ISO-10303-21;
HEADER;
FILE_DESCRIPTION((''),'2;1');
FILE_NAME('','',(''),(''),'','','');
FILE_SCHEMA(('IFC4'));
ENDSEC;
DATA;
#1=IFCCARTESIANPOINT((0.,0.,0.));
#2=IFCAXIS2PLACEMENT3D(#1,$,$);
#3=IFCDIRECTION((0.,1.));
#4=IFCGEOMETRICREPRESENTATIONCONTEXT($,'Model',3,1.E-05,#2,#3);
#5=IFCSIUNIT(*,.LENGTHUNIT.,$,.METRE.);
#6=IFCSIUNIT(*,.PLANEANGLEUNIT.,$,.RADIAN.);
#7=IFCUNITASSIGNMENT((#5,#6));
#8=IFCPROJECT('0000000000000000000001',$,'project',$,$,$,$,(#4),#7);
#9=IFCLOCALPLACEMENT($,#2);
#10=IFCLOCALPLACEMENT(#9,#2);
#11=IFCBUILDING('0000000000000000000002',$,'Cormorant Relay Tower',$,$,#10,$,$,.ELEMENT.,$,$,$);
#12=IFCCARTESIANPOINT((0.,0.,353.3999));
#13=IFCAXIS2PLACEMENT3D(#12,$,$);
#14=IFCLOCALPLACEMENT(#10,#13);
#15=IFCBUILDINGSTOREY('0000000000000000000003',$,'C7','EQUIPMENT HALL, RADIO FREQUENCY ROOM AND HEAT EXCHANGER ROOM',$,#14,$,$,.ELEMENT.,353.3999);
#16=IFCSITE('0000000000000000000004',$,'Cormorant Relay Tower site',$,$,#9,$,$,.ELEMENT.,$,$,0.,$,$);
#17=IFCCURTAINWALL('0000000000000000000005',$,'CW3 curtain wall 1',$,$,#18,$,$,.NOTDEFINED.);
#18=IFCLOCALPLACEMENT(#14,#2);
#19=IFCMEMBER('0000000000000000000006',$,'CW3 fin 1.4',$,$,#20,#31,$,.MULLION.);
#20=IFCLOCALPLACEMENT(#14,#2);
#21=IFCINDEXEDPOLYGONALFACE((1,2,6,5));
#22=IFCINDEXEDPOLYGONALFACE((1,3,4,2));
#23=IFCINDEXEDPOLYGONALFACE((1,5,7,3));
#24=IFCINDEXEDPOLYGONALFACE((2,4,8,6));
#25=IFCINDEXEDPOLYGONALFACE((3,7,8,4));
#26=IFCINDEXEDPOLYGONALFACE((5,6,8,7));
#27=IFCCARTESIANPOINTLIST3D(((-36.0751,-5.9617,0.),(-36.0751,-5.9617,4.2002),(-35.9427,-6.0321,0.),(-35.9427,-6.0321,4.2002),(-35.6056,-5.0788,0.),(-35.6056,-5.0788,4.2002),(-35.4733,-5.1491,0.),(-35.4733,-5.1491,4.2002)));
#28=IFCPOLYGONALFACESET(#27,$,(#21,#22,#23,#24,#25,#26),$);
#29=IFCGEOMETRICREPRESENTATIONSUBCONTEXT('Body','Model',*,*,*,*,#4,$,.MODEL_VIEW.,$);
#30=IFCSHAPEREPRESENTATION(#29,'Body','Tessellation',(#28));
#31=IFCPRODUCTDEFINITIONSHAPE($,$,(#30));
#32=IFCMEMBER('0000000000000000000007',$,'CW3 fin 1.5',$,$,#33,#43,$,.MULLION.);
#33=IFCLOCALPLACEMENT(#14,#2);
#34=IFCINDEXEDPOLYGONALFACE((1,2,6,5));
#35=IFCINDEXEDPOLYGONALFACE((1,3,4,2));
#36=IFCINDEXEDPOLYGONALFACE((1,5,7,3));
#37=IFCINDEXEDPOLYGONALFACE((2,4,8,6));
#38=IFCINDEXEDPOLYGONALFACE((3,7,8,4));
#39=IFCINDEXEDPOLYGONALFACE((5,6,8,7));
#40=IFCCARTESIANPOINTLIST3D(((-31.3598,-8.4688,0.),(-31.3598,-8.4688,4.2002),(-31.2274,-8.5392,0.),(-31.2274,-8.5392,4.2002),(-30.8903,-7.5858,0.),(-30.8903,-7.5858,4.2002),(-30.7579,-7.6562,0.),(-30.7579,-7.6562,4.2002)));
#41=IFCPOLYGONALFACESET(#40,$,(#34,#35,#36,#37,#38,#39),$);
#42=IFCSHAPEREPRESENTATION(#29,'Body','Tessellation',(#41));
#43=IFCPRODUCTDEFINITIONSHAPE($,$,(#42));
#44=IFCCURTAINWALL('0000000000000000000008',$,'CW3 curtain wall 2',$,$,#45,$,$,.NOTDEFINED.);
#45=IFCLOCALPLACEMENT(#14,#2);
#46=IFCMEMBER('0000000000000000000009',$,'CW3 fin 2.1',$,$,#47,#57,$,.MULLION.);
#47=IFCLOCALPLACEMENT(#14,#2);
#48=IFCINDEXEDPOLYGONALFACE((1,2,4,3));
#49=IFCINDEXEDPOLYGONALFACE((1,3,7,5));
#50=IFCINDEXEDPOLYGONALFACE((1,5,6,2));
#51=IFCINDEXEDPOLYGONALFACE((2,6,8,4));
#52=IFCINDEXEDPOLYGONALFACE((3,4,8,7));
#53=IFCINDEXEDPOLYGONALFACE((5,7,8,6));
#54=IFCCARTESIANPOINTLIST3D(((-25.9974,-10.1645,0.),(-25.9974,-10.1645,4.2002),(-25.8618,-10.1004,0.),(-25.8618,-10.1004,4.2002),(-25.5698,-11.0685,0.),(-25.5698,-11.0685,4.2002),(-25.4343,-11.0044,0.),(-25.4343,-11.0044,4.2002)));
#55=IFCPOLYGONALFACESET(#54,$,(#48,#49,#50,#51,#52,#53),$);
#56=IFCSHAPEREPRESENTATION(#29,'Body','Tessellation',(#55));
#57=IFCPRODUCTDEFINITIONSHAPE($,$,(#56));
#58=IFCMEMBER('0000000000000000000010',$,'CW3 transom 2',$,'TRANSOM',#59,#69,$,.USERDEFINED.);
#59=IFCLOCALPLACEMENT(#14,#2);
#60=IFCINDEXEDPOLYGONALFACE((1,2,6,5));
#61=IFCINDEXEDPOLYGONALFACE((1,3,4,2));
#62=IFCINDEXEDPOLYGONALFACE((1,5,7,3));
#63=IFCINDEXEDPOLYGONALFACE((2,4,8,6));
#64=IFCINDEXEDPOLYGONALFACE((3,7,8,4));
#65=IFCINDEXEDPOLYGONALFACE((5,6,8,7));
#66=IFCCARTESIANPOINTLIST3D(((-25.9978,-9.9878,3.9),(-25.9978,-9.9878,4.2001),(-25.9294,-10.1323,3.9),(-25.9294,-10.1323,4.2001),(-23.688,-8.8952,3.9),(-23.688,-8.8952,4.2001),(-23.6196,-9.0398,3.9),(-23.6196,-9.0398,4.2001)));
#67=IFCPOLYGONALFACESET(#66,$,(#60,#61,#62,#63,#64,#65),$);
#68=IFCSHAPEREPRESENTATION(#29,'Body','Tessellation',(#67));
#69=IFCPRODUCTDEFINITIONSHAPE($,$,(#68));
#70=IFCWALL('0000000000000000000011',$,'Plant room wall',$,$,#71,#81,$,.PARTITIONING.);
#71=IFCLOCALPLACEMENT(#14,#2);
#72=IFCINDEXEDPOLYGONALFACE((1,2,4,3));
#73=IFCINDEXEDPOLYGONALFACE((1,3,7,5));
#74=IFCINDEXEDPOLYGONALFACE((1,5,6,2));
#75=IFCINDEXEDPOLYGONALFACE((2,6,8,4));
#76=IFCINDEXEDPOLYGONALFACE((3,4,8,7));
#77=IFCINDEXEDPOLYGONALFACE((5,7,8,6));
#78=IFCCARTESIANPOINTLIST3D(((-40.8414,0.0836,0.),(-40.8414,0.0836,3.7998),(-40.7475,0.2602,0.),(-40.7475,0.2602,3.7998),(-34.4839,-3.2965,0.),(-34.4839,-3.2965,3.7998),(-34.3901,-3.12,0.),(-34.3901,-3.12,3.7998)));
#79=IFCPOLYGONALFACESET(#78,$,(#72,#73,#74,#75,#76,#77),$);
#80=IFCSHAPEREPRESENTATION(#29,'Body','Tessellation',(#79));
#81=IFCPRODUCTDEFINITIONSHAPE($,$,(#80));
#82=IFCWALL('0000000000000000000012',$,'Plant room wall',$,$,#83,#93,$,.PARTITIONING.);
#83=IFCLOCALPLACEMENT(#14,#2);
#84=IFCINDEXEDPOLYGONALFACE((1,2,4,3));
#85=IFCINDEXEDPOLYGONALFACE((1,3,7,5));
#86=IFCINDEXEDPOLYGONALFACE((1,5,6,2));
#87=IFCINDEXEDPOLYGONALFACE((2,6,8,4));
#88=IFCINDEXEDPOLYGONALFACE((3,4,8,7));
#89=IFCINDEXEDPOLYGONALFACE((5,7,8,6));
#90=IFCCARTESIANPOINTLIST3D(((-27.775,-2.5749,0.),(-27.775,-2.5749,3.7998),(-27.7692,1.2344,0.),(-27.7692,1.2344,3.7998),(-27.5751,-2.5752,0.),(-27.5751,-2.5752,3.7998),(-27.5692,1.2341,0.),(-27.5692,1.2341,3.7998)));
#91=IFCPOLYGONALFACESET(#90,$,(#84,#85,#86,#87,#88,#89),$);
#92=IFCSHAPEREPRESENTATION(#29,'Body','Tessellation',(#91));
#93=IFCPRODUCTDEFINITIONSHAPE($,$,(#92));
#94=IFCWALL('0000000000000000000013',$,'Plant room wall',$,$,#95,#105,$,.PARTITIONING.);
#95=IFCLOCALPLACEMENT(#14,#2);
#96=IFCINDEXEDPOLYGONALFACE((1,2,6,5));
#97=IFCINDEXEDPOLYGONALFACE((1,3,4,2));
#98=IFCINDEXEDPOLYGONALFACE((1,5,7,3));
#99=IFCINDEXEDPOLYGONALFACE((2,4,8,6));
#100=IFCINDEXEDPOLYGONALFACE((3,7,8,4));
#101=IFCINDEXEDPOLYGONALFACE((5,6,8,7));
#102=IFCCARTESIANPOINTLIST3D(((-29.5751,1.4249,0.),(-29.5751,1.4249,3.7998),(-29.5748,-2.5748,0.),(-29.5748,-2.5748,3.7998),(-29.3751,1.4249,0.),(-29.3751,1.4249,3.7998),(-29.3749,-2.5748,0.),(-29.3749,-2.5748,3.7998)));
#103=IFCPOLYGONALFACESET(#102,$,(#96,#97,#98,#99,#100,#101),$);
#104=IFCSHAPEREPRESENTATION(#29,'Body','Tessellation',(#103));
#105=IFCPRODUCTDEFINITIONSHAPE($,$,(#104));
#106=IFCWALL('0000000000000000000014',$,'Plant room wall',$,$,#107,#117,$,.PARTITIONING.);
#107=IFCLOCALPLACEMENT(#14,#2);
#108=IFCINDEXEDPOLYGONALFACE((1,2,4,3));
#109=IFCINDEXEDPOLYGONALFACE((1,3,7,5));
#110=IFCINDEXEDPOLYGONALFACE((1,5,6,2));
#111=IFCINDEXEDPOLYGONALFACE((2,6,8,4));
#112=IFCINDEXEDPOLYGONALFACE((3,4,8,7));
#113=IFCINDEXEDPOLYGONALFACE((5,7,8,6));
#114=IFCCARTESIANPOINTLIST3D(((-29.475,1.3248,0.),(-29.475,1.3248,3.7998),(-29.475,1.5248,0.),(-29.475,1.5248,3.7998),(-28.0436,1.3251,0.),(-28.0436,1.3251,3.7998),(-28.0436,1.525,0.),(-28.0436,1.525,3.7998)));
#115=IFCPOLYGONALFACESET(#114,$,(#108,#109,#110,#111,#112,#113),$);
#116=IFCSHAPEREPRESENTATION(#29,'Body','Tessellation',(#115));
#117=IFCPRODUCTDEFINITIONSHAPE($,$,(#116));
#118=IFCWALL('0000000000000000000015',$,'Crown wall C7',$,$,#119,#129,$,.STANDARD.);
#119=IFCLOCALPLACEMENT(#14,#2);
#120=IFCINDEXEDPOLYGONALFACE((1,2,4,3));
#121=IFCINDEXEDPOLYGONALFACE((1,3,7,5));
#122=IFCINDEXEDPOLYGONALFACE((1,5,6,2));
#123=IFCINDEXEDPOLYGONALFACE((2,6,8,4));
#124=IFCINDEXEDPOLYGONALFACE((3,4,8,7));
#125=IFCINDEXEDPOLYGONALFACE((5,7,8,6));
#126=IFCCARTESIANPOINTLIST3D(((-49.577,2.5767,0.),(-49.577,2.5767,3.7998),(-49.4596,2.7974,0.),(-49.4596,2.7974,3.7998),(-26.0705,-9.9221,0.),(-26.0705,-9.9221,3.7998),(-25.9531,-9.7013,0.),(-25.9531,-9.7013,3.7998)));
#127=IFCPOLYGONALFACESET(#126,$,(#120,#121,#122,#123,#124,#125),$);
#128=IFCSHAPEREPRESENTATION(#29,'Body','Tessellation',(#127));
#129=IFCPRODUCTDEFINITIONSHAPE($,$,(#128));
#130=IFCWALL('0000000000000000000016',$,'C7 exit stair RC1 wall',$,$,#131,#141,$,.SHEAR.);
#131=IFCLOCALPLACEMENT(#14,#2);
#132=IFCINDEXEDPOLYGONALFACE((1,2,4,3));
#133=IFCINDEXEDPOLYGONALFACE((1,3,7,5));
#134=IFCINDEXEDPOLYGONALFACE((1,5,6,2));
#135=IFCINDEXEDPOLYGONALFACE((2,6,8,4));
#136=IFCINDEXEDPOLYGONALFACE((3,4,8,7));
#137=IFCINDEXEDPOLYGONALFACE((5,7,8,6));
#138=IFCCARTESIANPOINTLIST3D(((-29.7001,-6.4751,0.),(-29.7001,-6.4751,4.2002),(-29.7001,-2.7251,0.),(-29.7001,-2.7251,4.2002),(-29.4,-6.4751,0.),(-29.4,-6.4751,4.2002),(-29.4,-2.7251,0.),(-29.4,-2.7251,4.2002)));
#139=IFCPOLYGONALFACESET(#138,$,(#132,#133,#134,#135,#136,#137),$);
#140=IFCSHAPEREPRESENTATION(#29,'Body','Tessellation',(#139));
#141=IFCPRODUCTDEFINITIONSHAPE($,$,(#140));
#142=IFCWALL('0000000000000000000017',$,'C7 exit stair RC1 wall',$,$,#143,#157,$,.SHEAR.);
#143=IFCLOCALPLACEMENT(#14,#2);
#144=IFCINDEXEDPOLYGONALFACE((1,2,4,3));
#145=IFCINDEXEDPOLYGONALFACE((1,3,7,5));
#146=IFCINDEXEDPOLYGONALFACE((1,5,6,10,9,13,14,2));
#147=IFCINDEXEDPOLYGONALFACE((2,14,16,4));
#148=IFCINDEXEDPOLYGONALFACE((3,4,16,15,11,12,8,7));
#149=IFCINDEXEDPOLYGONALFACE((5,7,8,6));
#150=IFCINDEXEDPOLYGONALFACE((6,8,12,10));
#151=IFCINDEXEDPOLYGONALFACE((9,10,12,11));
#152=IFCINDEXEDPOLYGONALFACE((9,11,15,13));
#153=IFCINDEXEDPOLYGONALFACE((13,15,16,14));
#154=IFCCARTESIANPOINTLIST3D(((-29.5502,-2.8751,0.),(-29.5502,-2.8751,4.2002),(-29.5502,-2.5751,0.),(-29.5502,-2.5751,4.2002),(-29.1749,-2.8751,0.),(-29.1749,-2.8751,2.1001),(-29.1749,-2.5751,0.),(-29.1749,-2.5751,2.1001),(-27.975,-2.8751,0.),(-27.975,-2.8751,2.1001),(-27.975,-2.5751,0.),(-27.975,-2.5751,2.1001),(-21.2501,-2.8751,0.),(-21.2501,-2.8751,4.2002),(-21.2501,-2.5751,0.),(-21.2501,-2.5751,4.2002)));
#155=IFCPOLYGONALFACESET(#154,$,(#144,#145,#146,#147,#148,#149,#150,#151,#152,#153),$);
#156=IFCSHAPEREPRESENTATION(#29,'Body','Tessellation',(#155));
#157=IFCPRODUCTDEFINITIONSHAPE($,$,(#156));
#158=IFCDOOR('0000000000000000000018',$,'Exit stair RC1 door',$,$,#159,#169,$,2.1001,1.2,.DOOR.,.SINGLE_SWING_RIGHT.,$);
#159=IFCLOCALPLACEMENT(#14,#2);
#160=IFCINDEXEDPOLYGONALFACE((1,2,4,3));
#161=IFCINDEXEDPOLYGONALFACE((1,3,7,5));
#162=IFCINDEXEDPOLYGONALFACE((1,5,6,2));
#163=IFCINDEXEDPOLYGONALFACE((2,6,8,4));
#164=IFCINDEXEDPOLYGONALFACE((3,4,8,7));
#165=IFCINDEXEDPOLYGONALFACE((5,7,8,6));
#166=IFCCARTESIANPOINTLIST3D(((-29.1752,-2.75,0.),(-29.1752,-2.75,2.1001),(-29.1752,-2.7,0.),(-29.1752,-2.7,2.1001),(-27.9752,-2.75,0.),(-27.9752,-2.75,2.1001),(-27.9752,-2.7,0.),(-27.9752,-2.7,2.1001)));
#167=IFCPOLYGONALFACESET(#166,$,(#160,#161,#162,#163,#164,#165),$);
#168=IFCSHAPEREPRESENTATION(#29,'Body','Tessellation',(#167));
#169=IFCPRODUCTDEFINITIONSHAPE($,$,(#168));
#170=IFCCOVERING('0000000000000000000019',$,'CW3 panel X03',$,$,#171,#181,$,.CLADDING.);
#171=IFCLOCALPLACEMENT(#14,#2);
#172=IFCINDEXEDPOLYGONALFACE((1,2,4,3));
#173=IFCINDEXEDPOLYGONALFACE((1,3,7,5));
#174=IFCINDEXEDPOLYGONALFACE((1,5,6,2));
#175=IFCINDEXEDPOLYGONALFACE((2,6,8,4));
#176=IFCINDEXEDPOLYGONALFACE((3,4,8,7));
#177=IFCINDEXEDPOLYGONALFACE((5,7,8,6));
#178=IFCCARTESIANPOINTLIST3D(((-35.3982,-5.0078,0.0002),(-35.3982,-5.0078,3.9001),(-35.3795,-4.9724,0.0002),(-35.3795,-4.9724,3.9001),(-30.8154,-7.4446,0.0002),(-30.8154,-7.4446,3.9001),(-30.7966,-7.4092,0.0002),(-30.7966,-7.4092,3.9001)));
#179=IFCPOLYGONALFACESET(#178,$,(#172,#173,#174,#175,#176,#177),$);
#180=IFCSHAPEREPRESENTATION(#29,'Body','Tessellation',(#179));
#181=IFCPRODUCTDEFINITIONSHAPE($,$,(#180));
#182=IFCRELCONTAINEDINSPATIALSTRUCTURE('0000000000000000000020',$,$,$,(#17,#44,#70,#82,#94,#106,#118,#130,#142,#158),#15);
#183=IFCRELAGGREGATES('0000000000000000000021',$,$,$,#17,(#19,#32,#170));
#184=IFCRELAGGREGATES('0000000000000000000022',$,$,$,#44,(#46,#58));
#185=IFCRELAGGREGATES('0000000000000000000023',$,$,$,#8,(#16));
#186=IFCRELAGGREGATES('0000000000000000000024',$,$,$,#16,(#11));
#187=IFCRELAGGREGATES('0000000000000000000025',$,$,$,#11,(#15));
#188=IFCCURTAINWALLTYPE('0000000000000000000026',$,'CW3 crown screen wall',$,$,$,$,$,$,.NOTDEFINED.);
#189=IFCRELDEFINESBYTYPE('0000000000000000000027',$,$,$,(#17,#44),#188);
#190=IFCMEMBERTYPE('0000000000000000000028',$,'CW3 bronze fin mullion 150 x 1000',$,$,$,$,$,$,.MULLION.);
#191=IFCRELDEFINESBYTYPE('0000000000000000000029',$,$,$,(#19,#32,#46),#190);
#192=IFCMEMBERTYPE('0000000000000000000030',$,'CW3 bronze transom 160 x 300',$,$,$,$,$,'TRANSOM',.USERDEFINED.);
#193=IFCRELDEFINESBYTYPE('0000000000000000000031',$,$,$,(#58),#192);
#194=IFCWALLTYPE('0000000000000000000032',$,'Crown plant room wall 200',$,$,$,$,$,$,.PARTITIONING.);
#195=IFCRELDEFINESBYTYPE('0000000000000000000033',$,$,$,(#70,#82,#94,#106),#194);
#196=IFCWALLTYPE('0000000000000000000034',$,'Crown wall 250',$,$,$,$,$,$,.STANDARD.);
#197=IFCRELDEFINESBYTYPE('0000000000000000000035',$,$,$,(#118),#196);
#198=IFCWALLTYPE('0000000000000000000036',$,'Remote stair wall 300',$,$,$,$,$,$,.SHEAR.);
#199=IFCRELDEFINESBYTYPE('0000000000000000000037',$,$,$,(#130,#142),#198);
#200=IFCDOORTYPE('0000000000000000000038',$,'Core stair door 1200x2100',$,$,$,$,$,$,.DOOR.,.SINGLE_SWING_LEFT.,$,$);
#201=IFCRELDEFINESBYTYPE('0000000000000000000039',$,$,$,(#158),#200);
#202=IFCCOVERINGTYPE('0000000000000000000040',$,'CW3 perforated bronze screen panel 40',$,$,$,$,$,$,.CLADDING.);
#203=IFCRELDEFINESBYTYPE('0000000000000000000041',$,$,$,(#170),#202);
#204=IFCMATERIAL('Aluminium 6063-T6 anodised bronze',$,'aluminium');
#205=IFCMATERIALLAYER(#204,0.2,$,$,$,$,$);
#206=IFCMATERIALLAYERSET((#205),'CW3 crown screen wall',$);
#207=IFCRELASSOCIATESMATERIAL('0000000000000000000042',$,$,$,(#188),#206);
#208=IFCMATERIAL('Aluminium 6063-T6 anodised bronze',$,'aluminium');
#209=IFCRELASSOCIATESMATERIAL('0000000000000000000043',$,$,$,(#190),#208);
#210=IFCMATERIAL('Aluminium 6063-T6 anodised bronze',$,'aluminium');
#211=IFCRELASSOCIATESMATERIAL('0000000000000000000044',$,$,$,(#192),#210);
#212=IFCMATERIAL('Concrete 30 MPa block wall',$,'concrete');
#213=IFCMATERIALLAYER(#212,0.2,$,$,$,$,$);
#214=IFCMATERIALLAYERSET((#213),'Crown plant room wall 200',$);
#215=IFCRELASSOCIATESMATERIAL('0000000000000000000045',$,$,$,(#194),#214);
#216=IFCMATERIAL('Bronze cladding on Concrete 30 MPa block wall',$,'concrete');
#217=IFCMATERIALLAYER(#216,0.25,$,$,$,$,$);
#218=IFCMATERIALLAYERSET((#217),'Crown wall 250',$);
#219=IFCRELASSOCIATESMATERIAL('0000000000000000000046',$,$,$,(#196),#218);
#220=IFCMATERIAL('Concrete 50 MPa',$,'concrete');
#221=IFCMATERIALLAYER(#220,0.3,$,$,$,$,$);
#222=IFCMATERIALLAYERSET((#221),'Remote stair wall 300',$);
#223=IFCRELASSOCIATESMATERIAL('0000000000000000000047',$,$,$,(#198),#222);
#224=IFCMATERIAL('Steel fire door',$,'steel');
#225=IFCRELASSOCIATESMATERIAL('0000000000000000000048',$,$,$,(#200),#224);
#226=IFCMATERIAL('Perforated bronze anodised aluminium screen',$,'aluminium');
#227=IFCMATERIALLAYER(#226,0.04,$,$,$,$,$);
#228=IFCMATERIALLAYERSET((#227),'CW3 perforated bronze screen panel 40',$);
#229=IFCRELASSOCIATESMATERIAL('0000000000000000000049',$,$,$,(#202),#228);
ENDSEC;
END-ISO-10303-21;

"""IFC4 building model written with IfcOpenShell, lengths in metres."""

from ifc_helpers import new_model, si_unit, direction, frame, frame_2d, origin, origin_2d, place, context, subcontext, project, spatial, rectangle, extrude, material, layer, layer_set, material_profile, profile_set, type_object, element, fill, aggregate, save


model = new_model("IFC4")

# Units and contexts
model_context = context("Model", 3, precision=1e-05, world=origin(), true_north=direction((0.0, 1.0)))
body_context = subcontext(model_context, "Body", "Model", "MODEL_VIEW")
ifc_project = project(units=[si_unit("LENGTHUNIT", "METRE"), si_unit("PLANEANGLEUNIT", "RADIAN")], contexts=[model_context])

# Site, building, storey
site_placement = place(None, origin())
site = spatial("IfcSite", under=ifc_project, at=site_placement, Name="Cormorant Relay Tower site", CompositionType="ELEMENT", RefElevation=0.0)
building_placement = place(site_placement, origin())
building = spatial("IfcBuilding", under=site, at=building_placement, Name="Cormorant Relay Tower", CompositionType="ELEMENT")
storey_placement = place(building_placement, frame((0.0, 0.0, 353.3999)))
storey = spatial("IfcBuildingStorey", under=building, at=storey_placement, Name="C7", Description="EQUIPMENT HALL, RADIO FREQUENCY ROOM AND HEAT EXCHANGER ROOM", CompositionType="ELEMENT", Elevation=353.3999)

# Curtain walls, members
ifc_material_1 = material(Name="Aluminium 6063-T6 anodised bronze", Category="aluminium")
ifc_layer_1 = layer(ifc_material_1, 0.2)
ifc_layer_set_1 = layer_set([ifc_layer_1], Name="CW3 crown screen wall")
curtain_wall_type = type_object("IfcCurtainWallType", Name="CW3 crown screen wall", PredefinedType="NOTDEFINED", material=ifc_layer_set_1)
curtain_wall_1_placement = place(storey_placement, origin())
curtain_wall_1 = element("IfcCurtainWall", 1, at=curtain_wall_1_placement, inside=storey, type_object=curtain_wall_type, Name="CW3 curtain wall 1", PredefinedType="NOTDEFINED")
ifc_material_2 = material(Name="Aluminium 6063-T6 anodised bronze", Category="aluminium")
ifc_material_profile_1 = material_profile(ifc_material_2, rectangle(XDim=0.1499, YDim=1.0, at=origin_2d()), Name="AL 150x1000")
ifc_profile_set_1 = profile_set([ifc_material_profile_1], Name="Aluminium 6063-T6 anodised bronze")
member_type_1 = type_object("IfcMemberType", Name="CW3 bronze fin mullion 150 x 1000", PredefinedType="MULLION", material=ifc_profile_set_1)
member_1_placement = place(storey_placement, frame((-35.7742, -5.5554, 0.0), z_axis=(0.0, 0.0, 1.0), x_axis=(0.882948, -0.469472, 0.0)))
member_1 = element("IfcMember", 2, at=member_1_placement, type_object=member_type_1, Name="CW3 fin 1.4", PredefinedType="MULLION", context=body_context, shape_type="SweptSolid", body=[
    extrude(rectangle(XDim=0.1499, YDim=1.0, at=origin_2d()), origin(), (0.0, 0.0, 1.0), 4.2002),
])
member_2_placement = place(storey_placement, frame((-31.0588, -8.0625, 0.0), z_axis=(0.0, 0.0, 1.0), x_axis=(0.882948, -0.469472, 0.0)))
member_2 = element("IfcMember", 3, at=member_2_placement, type_object=member_type_1, Name="CW3 fin 1.5", PredefinedType="MULLION", context=body_context, shape_type="SweptSolid", body=[
    extrude(rectangle(XDim=0.1499, YDim=1.0, at=origin_2d()), origin(), (0.0, 0.0, 1.0), 4.2002),
])
curtain_wall_2_placement = place(storey_placement, origin())
curtain_wall_2 = element("IfcCurtainWall", 4, at=curtain_wall_2_placement, inside=storey, type_object=curtain_wall_type, Name="CW3 curtain wall 2", PredefinedType="NOTDEFINED")
member_3_placement = place(storey_placement, frame((-25.7158, -10.5845, 0.0), z_axis=(0.0, 0.0, 1.0), x_axis=(0.903989, 0.427555, 0.0)))
member_3 = element("IfcMember", 5, at=member_3_placement, type_object=member_type_1, Name="CW3 fin 2.1", PredefinedType="MULLION", context=body_context, shape_type="SweptSolid", body=[
    extrude(rectangle(XDim=0.1499, YDim=1.0, at=origin_2d()), origin(), (0.0, 0.0, 1.0), 4.2002),
])
ifc_material_3 = material(Name="Aluminium 6063-T6 anodised bronze", Category="aluminium")
ifc_material_profile_2 = material_profile(ifc_material_3, rectangle(XDim=0.1599, YDim=0.3, at=origin_2d()), Name="AL 160x300")
ifc_profile_set_2 = profile_set([ifc_material_profile_2], Name="Aluminium 6063-T6 anodised bronze")
member_type_2 = type_object("IfcMemberType", Name="CW3 bronze transom 160 x 300", ElementType="TRANSOM", PredefinedType="USERDEFINED", material=ifc_profile_set_2)
member_4_placement = place(storey_placement, frame((-25.9636, -10.0601, 4.05), z_axis=(0.903979, 0.427577, 0.0), x_axis=(-0.427577, 0.903979, 0.0)))
member_4 = element("IfcMember", 6, at=member_4_placement, type_object=member_type_2, Name="CW3 transom 2", ObjectType="TRANSOM", PredefinedType="USERDEFINED", context=body_context, shape_type="SweptSolid", body=[
    extrude(rectangle(XDim=0.1599, YDim=0.3, at=origin_2d()), origin(), (0.0, 0.0, 1.0), 2.5552),
])

# Walls
ifc_material_4 = material(Name="Concrete 30 MPa block wall", Category="concrete")
ifc_layer_2 = layer(ifc_material_4, 0.2)
ifc_layer_set_2 = layer_set([ifc_layer_2], Name="Crown plant room wall 200")
wall_type_1 = type_object("IfcWallType", Name="Crown plant room wall 200", PredefinedType="PARTITIONING", material=ifc_layer_set_2)
wall_1_placement = place(storey_placement, frame((-34.437, -3.2083, 0.0), z_axis=(0.0, 0.0, 1.0), x_axis=(-0.882958, 0.469453, 0.0)))
element("IfcWall", 7, at=wall_1_placement, inside=storey, type_object=wall_type_1, Name="Plant room wall", PredefinedType="PARTITIONING", context=body_context, shape_type="SweptSolid", body=[
    extrude(rectangle(XDim=7.2002, YDim=0.2, at=frame_2d((3.6001, 0.0))), origin(), (0.0, 0.0, 1.0), 3.7998),
])
wall_2_placement = place(storey_placement, frame((-27.6692, 1.2344, 0.0), z_axis=(0.0, 0.0, 1.0), x_axis=(-0.001538, -0.999999, 0.0)))
element("IfcWall", 8, at=wall_2_placement, inside=storey, type_object=wall_type_1, Name="Plant room wall", PredefinedType="PARTITIONING", context=body_context, shape_type="SweptSolid", body=[
    extrude(rectangle(XDim=3.8093, YDim=0.2, at=frame_2d((1.9048, 0.0))), origin(), (0.0, 0.0, 1.0), 3.7998),
])
wall_3_placement = place(storey_placement, frame((-29.4749, -2.575, 0.0), z_axis=(0.0, 0.0, 1.0), x_axis=(-0.000061, 1.0, 0.0)))
element("IfcWall", 9, at=wall_3_placement, inside=storey, type_object=wall_type_1, Name="Plant room wall", PredefinedType="PARTITIONING", context=body_context, shape_type="SweptSolid", body=[
    extrude(rectangle(XDim=3.9998, YDim=0.2, at=frame_2d((2.0, 0.0))), origin(), (0.0, 0.0, 1.0), 3.7998),
])
wall_4_placement = place(storey_placement, frame((-29.4751, 1.4248, 0.0), z_axis=(0.0, 0.0, 1.0), x_axis=(1.0, 0.000171, 0.0)))
element("IfcWall", 10, at=wall_4_placement, inside=storey, type_object=wall_type_1, Name="Plant room wall", PredefinedType="PARTITIONING", context=body_context, shape_type="SweptSolid", body=[
    extrude(rectangle(XDim=1.4314, YDim=0.2, at=frame_2d((0.7158, 0.0))), origin(), (0.0, 0.0, 1.0), 3.7998),
])
ifc_material_5 = material(Name="Bronze cladding on Concrete 30 MPa block wall", Category="concrete")
ifc_layer_3 = layer(ifc_material_5, 0.25)
ifc_layer_set_3 = layer_set([ifc_layer_3], Name="Crown wall 250")
wall_type_2 = type_object("IfcWallType", Name="Crown wall 250", PredefinedType="STANDARD", material=ifc_layer_set_3)
wall_5_placement = place(storey_placement, frame((-26.0117, -9.8118, 0.0), z_axis=(0.0, 0.0, 1.0), x_axis=(-0.882946, 0.469475, 0.0)))
element("IfcWall", 11, at=wall_5_placement, inside=storey, type_object=wall_type_2, Name="Crown wall C7", PredefinedType="STANDARD", context=body_context, shape_type="SweptSolid", body=[
    extrude(rectangle(XDim=26.6228, YDim=0.25, at=frame_2d((13.3115, 0.0))), origin(), (0.0, 0.0, 1.0), 3.7998),
])
ifc_material_6 = material(Name="Concrete 50 MPa", Category="concrete")
ifc_layer_4 = layer(ifc_material_6, 0.3)
ifc_layer_set_4 = layer_set([ifc_layer_4], Name="Remote stair wall 300")
wall_type_3 = type_object("IfcWallType", Name="Remote stair wall 300", PredefinedType="SHEAR", material=ifc_layer_set_4)
wall_6_placement = place(storey_placement, frame((-29.55, -6.4751, 0.0), z_axis=(0.0, 0.0, 1.0), x_axis=(0.0, 1.0, 0.0)))
element("IfcWall", 12, at=wall_6_placement, inside=storey, type_object=wall_type_3, Name="C7 exit stair RC1 wall", PredefinedType="SHEAR", context=body_context, shape_type="SweptSolid", body=[
    extrude(rectangle(XDim=3.75, YDim=0.3, at=frame_2d((1.875, 0.0))), origin(), (0.0, 0.0, 1.0), 4.2002),
])

# Wall, opening, door
wall_7_placement = place(storey_placement, frame((-29.55, -2.7251, 0.0), z_axis=(0.0, 0.0, 1.0), x_axis=(1.0, 0.0, 0.0)))
wall_7 = element("IfcWall", 13, at=wall_7_placement, inside=storey, type_object=wall_type_3, Name="C7 exit stair RC1 wall", PredefinedType="SHEAR", context=body_context, shape_type="SweptSolid", body=[
    extrude(rectangle(XDim=8.3, YDim=0.3, at=frame_2d((4.1499, 0.0))), origin(), (0.0, 0.0, 1.0), 4.2002),
])
opening_placement = place(wall_7_placement, frame((0.375, 0.0, 0.0)))
opening = element("IfcOpeningElement", 14, at=opening_placement, cuts=wall_7, PredefinedType="OPENING", context=body_context, shape_type="SweptSolid", body=[
    extrude(rectangle(XDim=1.2, YDim=2.1001, at=frame_2d((0.6001, 1.05))), frame((0.0, 0.1599, 0.0), z_axis=(0.0, -1.0, 0.0), x_axis=(1.0, 0.0, 0.0)), (0.0, 0.0, 1.0), 0.3201),
])
ifc_material_7 = material(Name="Steel fire door", Category="steel")
door_type = type_object("IfcDoorType", Name="Core stair door 1200x2100", OperationType="SINGLE_SWING_LEFT", PredefinedType="DOOR", material=ifc_material_7)
door_placement = place(opening_placement, frame((1.2, 0.0, 0.0), z_axis=(0.0, 0.0, 1.0), x_axis=(-1.0, 0.0, 0.0)))
door = element("IfcDoor", 15, at=door_placement, inside=storey, type_object=door_type, Name="Exit stair RC1 door", OperationType="SINGLE_SWING_RIGHT", OverallHeight=2.1001, OverallWidth=1.2, PredefinedType="DOOR", context=body_context, shape_type="SweptSolid", body=[
    extrude(rectangle(XDim=1.2, YDim=2.1001, at=frame_2d((0.6001, 1.05))), frame((0.0, 0.0249, 0.0), z_axis=(0.0, -1.0, 0.0), x_axis=(1.0, 0.0, 0.0)), (0.0, 0.0, 1.0), 0.05),
])
fill(opening, door)

# Covering
ifc_material_8 = material(Name="Perforated bronze anodised aluminium screen", Category="aluminium")
ifc_layer_5 = layer(ifc_material_8, 0.04)
ifc_layer_set_5 = layer_set([ifc_layer_5], Name="CW3 perforated bronze screen panel 40")
covering_type = type_object("IfcCoveringType", Name="CW3 perforated bronze screen panel 40", PredefinedType="CLADDING", material=ifc_layer_set_5)
covering_1_placement = place(storey_placement, frame((-33.0974, -6.2085, 0.0002), z_axis=(0.0, 0.0, 1.0), x_axis=(0.882948, -0.469472, 0.0)))
covering_1 = element("IfcCovering", 16, at=covering_1_placement, type_object=covering_type, Name="CW3 panel X03", PredefinedType="CLADDING", context=body_context, shape_type="SweptSolid", body=[
    extrude(rectangle(XDim=5.1904, YDim=0.04, at=origin_2d()), origin(), (0.0, 0.0, 1.0), 3.8999),
])
aggregate(curtain_wall_1, [member_1, member_2, covering_1])
aggregate(curtain_wall_2, [member_3, member_4])

save(model, "model.ifc")
